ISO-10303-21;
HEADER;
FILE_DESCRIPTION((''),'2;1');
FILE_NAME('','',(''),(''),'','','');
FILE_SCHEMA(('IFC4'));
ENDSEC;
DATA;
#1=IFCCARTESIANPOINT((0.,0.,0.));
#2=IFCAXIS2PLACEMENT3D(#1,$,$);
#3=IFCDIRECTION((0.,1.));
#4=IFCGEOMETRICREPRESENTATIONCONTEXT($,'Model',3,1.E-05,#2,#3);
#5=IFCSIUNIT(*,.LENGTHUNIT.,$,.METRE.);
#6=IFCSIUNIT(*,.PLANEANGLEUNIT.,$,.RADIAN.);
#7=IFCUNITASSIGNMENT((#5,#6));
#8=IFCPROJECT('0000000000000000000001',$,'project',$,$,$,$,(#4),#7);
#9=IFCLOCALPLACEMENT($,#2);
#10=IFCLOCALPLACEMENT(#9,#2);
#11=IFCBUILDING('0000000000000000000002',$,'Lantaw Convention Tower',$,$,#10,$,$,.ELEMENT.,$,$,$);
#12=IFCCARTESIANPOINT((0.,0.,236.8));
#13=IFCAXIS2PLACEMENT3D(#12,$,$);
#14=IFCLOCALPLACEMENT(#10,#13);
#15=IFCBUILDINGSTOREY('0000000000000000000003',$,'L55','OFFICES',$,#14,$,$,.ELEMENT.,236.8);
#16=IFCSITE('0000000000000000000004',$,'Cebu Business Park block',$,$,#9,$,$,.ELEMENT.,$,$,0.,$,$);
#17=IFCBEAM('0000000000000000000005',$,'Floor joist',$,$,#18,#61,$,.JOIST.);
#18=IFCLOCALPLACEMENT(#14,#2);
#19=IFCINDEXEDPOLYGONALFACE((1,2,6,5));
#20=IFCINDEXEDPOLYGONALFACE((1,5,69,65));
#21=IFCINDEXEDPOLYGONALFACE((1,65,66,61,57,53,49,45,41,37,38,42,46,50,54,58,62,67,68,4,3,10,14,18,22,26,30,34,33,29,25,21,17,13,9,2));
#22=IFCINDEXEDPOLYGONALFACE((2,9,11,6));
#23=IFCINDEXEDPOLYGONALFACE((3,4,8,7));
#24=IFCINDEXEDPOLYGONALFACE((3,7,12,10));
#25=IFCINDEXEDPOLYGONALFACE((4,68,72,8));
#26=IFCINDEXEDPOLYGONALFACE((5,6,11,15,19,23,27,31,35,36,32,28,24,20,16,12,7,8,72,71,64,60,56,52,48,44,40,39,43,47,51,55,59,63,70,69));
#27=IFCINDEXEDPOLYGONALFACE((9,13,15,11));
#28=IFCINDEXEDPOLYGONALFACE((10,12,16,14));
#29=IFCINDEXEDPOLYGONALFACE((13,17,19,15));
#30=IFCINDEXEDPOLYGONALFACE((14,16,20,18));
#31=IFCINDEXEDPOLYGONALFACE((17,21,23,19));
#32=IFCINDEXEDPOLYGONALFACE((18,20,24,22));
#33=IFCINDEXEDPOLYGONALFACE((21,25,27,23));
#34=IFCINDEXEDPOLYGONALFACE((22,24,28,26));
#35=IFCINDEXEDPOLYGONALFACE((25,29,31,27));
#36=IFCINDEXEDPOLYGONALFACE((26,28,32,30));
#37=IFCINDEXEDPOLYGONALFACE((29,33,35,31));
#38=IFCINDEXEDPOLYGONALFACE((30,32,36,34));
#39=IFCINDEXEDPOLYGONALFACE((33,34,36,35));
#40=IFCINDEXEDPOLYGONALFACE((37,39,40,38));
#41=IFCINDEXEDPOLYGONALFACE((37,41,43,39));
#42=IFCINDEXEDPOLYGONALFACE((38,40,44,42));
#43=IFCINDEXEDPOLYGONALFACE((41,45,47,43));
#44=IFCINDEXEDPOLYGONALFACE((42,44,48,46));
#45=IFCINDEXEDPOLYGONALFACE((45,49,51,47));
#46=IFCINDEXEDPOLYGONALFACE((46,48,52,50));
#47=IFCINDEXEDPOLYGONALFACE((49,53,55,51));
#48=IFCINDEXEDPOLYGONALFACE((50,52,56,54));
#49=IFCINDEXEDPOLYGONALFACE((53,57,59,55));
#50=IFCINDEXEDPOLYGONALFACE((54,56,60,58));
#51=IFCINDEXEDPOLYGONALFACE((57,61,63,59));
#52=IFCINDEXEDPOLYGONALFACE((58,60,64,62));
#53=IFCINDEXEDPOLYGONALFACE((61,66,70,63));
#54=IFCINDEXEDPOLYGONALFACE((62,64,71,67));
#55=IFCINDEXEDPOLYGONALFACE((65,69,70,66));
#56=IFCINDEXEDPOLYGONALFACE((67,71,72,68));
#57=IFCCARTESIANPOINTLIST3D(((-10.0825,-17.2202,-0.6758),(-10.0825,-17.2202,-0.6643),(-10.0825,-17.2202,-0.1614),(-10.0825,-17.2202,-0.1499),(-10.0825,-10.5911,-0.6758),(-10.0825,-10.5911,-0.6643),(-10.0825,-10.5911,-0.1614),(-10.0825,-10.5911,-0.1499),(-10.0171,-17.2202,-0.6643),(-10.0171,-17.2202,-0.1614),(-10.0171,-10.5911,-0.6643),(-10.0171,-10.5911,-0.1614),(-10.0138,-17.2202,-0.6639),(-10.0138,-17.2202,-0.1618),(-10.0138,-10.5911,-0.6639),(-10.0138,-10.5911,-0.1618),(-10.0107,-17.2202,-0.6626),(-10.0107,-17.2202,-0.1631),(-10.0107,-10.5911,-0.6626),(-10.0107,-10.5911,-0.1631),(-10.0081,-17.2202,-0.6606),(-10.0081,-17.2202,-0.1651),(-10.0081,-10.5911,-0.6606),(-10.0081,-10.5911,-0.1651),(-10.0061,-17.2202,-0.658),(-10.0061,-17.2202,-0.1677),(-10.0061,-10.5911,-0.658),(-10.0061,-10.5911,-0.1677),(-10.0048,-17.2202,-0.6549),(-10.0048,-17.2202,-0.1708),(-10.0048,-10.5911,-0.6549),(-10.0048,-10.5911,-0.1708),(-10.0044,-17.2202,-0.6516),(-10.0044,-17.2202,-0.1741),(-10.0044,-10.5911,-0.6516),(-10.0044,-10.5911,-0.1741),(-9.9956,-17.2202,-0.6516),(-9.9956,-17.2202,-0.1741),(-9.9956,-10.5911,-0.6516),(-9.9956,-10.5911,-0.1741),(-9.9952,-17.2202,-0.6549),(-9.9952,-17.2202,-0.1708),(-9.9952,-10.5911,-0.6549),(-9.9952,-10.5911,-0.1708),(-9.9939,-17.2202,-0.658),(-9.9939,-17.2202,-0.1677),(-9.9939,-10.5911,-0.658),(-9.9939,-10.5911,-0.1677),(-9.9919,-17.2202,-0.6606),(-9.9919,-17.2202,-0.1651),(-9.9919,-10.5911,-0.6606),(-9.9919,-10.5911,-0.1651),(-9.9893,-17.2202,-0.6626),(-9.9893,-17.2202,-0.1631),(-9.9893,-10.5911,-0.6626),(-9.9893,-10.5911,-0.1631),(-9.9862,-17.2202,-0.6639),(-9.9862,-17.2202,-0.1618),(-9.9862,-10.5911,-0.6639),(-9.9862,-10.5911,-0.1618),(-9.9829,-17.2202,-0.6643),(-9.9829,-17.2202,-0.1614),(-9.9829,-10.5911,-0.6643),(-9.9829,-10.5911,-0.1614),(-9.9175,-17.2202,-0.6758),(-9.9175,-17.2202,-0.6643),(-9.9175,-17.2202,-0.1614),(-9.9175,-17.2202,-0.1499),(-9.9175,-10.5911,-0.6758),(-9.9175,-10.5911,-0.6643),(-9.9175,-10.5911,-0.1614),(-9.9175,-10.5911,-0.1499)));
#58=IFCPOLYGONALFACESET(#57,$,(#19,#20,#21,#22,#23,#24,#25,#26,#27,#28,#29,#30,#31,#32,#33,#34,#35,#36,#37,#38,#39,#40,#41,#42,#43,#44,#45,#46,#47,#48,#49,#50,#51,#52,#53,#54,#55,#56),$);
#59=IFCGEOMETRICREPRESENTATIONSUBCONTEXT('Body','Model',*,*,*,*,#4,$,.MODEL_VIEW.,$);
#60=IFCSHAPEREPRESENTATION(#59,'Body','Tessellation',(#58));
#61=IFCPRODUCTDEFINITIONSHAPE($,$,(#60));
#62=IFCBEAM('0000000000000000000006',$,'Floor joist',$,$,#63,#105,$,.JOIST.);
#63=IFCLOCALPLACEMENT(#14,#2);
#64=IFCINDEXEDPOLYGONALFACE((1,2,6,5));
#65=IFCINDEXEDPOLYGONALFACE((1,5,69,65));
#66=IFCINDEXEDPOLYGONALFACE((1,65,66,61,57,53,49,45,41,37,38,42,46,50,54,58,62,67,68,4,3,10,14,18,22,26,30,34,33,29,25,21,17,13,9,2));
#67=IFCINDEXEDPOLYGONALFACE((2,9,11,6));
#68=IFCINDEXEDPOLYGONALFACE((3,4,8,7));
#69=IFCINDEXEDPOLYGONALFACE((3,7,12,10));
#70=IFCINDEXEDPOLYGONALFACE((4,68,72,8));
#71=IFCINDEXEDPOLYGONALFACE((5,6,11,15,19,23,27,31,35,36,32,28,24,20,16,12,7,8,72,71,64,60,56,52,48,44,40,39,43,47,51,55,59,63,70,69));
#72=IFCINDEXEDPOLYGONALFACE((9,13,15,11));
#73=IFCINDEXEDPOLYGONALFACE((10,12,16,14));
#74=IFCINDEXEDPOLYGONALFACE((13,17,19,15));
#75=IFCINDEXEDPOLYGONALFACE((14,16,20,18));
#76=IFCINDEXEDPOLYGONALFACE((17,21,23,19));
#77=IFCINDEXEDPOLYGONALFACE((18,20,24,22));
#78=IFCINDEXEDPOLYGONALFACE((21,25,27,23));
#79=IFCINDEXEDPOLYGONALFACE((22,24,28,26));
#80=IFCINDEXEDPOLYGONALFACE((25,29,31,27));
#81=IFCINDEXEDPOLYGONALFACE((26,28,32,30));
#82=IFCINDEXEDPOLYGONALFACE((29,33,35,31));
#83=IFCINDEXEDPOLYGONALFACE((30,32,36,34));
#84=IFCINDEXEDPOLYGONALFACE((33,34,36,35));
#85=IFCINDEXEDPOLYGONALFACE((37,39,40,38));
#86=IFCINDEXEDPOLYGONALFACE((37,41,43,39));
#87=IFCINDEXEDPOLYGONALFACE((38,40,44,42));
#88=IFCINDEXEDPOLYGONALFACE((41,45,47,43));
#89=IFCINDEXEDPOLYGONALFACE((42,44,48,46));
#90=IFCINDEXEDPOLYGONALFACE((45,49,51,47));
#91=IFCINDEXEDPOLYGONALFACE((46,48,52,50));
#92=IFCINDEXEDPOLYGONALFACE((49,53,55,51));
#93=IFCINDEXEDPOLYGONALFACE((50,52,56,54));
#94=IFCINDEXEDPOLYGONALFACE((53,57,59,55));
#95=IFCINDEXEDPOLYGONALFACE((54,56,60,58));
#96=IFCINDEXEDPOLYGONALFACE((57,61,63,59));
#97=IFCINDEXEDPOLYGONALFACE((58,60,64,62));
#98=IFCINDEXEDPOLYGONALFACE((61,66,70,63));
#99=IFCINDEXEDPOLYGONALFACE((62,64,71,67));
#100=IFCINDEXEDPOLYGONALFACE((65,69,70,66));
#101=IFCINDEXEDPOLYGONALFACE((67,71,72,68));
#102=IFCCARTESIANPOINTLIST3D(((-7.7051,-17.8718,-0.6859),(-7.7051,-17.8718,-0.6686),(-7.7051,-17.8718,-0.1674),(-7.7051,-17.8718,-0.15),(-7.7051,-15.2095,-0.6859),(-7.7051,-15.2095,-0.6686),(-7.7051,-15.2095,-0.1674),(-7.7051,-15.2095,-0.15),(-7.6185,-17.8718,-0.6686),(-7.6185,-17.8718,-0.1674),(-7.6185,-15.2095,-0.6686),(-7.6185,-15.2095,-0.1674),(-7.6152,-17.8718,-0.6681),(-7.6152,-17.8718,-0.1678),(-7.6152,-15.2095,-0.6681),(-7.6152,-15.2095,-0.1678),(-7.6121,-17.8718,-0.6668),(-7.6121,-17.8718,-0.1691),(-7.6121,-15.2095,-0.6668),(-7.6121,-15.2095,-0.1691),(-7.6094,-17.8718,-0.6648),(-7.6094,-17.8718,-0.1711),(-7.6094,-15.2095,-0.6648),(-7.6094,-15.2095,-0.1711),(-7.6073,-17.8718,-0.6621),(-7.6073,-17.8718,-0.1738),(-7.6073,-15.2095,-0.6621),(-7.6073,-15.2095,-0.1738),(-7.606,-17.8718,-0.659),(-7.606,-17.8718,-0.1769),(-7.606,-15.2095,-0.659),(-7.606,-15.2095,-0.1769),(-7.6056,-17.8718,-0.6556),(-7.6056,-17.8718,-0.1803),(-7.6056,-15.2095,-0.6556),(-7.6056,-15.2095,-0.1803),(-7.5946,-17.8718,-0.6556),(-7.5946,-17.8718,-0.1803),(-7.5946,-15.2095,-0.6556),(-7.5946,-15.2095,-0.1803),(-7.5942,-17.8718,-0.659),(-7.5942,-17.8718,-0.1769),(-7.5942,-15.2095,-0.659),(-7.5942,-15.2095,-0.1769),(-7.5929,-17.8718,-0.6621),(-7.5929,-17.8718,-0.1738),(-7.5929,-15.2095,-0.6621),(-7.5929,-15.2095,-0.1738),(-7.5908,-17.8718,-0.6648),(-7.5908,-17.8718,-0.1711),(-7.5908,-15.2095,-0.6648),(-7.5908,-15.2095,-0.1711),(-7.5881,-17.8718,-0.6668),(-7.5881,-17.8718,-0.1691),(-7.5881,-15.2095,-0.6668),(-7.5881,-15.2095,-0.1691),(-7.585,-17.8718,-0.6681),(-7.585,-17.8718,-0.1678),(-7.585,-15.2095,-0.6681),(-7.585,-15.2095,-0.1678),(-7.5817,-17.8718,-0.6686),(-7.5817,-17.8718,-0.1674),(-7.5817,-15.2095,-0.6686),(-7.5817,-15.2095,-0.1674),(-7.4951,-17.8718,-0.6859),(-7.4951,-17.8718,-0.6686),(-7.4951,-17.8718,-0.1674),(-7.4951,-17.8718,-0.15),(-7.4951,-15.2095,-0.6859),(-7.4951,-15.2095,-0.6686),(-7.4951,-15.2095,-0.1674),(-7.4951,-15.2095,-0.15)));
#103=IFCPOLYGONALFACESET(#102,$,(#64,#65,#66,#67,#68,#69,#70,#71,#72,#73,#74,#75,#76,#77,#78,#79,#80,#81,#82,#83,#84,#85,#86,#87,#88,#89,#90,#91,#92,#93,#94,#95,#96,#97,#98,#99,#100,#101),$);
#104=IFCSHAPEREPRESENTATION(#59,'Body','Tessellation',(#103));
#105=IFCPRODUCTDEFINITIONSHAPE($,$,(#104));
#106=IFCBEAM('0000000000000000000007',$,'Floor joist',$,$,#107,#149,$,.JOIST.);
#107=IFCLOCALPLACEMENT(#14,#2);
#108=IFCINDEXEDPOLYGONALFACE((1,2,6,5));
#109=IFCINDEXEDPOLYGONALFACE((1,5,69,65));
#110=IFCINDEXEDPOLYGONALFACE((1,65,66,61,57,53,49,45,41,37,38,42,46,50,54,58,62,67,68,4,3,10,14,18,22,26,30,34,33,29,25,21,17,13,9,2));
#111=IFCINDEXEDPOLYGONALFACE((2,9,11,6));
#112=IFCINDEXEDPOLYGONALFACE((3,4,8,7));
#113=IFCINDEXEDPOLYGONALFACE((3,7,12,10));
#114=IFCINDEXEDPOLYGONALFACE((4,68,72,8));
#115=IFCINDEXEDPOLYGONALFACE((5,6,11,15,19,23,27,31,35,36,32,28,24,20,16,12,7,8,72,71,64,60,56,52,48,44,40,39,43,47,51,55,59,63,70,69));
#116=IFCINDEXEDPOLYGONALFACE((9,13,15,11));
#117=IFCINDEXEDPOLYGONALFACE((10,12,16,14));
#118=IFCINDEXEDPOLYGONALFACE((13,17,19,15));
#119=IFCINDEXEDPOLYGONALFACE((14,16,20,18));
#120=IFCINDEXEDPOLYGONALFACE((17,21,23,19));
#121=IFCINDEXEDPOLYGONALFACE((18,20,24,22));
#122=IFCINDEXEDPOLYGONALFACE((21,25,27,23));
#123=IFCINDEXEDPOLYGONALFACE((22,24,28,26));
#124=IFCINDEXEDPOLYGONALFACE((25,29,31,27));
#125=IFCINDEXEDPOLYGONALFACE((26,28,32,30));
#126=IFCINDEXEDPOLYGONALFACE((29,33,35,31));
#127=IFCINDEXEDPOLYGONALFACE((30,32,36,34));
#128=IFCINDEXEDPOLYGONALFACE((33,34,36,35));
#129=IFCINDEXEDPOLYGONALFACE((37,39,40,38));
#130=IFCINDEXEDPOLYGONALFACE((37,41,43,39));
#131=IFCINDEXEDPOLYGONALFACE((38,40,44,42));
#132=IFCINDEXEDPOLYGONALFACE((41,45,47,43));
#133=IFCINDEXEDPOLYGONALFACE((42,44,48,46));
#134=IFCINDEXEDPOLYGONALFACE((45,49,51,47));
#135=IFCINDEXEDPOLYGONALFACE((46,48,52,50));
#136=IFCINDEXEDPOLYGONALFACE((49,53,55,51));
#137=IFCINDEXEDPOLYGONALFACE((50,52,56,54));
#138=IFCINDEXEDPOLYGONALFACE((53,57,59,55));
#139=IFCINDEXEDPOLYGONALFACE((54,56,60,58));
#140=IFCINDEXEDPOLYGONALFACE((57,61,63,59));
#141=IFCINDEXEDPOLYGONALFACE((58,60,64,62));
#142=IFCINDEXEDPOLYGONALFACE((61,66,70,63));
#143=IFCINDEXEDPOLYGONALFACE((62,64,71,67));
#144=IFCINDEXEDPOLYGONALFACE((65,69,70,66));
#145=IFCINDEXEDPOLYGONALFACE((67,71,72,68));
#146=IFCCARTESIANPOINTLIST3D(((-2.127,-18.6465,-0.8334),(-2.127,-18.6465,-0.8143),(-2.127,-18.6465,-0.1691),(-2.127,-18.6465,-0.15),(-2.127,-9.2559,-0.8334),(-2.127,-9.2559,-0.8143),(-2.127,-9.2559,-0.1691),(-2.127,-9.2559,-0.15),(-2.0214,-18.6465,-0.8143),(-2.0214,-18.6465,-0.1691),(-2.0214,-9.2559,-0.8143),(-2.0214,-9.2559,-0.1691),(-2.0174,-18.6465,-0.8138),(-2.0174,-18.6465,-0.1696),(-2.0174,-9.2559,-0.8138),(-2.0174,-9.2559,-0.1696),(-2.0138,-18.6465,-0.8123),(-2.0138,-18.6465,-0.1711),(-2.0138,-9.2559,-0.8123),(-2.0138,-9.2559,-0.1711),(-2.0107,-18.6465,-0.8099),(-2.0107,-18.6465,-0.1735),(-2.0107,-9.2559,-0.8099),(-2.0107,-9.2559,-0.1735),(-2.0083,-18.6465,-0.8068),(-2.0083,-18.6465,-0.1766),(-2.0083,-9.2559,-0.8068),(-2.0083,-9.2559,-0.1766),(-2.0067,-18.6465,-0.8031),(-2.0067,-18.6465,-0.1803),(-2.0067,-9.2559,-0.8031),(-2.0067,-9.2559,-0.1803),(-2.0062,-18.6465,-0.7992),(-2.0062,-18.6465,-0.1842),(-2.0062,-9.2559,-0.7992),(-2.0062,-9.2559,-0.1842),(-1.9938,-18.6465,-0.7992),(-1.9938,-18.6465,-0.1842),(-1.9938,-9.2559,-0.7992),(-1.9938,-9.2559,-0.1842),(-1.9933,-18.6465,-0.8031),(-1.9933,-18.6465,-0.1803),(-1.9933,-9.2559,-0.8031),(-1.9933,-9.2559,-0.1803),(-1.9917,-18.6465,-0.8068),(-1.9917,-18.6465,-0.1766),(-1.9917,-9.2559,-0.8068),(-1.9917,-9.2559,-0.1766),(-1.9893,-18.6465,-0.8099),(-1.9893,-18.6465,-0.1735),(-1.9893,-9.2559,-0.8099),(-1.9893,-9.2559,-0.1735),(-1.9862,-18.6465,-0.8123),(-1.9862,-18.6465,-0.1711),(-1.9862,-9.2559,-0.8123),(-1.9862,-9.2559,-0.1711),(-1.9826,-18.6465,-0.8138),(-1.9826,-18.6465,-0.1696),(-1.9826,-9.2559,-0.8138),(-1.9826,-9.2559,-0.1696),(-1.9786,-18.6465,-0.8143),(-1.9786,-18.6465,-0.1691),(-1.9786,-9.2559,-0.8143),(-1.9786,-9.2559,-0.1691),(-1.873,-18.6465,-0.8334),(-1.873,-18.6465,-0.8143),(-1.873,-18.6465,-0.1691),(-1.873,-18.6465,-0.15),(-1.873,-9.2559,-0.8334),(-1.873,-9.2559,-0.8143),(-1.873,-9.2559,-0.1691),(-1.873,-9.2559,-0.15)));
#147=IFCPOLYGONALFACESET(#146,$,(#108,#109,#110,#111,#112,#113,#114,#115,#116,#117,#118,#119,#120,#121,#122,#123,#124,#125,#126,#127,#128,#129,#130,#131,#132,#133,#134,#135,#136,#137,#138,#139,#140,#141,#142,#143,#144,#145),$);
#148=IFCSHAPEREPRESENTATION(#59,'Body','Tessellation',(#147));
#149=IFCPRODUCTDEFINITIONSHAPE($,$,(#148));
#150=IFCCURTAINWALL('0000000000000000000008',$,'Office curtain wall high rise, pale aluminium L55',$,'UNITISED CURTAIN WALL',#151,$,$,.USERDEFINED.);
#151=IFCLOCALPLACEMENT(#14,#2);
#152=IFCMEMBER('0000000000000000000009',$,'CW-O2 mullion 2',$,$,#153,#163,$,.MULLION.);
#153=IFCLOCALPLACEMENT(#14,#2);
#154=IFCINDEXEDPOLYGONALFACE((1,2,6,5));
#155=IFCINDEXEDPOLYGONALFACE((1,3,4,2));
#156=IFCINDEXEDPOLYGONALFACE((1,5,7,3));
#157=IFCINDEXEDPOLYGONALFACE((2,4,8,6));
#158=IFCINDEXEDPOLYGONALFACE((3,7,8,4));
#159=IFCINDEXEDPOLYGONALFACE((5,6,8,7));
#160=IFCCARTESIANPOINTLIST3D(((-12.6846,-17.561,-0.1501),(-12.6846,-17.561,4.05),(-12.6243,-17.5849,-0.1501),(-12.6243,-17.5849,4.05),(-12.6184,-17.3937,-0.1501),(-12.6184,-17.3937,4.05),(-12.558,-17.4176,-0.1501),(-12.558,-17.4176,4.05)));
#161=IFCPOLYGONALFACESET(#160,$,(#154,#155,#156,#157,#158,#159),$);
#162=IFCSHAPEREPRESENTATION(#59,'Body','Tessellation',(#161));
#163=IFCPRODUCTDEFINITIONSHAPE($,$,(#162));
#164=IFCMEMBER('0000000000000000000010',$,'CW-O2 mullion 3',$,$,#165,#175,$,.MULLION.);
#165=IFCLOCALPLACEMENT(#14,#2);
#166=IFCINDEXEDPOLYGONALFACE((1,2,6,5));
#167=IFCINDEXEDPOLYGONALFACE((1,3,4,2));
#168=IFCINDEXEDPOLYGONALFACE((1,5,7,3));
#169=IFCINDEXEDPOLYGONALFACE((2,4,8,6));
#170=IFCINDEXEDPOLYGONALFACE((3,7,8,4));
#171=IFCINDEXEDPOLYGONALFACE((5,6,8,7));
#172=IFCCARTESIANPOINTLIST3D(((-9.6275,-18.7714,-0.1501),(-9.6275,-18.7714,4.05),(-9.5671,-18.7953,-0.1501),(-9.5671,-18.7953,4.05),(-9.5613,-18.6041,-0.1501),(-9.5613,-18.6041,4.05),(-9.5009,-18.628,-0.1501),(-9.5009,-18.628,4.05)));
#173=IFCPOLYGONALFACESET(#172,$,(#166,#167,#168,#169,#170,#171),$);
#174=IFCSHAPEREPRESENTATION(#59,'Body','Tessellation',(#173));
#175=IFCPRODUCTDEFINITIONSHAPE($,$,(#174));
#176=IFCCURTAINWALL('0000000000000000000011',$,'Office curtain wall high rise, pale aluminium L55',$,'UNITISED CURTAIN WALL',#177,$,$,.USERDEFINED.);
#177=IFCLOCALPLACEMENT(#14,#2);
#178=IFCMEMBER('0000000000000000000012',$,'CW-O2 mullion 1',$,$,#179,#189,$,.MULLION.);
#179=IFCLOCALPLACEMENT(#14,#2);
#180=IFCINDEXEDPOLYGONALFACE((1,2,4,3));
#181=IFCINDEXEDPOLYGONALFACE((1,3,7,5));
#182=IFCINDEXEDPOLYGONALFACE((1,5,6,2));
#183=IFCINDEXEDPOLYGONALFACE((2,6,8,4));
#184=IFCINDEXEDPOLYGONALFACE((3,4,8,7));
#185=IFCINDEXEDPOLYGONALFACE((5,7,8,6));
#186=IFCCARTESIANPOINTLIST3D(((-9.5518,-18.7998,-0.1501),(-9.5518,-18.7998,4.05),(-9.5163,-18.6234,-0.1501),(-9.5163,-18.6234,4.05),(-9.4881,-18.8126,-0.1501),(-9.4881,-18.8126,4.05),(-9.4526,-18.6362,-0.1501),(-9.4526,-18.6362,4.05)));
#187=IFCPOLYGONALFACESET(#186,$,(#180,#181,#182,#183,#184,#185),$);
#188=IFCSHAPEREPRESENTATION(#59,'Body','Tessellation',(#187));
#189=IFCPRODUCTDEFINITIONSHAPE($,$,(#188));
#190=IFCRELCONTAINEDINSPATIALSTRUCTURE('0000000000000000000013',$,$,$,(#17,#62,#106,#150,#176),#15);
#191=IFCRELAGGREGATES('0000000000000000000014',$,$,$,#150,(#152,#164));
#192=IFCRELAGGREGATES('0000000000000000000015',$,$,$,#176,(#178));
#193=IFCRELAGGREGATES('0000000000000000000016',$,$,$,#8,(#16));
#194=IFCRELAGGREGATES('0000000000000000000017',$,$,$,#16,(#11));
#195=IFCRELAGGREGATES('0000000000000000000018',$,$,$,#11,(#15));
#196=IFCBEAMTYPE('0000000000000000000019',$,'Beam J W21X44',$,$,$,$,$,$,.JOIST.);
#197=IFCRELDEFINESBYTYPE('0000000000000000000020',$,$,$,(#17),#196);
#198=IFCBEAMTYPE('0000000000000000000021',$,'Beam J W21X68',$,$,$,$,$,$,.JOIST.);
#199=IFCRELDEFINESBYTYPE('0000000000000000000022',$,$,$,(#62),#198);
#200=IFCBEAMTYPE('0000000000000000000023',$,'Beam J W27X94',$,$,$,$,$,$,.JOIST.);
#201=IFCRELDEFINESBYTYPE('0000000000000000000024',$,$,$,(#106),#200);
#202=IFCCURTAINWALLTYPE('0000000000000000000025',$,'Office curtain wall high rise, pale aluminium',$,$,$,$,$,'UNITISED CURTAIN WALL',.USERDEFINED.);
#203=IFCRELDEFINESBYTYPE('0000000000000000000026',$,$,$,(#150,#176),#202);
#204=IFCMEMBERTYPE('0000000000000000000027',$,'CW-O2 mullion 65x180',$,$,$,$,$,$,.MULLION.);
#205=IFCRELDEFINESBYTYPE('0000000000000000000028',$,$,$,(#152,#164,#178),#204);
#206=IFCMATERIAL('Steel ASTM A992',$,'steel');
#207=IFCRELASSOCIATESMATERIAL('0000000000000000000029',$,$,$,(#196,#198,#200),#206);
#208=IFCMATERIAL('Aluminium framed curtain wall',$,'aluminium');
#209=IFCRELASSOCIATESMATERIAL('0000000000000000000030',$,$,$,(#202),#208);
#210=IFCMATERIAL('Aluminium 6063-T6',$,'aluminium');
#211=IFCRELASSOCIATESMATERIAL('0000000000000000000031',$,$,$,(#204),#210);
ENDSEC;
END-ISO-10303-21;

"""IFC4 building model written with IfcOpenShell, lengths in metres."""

from ifc_helpers import new_model, si_unit, direction, frame, origin, origin_2d, place, context, subcontext, project, spatial, rectangle, i_section, extrude, material, material_profile, profile_set, type_object, element, aggregate, save


model = new_model("IFC4")

# Units and contexts
model_context = context("Model", 3, precision=1e-05, world=origin(), true_north=direction((0.0, 1.0)))
body_context = subcontext(model_context, "Body", "Model", "MODEL_VIEW")
ifc_project = project(units=[si_unit("LENGTHUNIT", "METRE"), si_unit("PLANEANGLEUNIT", "RADIAN")], contexts=[model_context])

# Site, building, storey
site_placement = place(None, origin())
site = spatial("IfcSite", under=ifc_project, at=site_placement, Name="Cebu Business Park block", CompositionType="ELEMENT", RefElevation=0.0)
building_placement = place(site_placement, origin())
building = spatial("IfcBuilding", under=site, at=building_placement, Name="Lantaw Convention Tower", CompositionType="ELEMENT")
storey_placement = place(building_placement, frame((0.0, 0.0, 236.8)))
storey = spatial("IfcBuildingStorey", under=building, at=storey_placement, Name="L55", Description="OFFICES", CompositionType="ELEMENT", Elevation=236.8)

# Beams
ifc_material_1 = material(Name="Steel ASTM A992", Category="steel")
ifc_material_profile_1 = material_profile(ifc_material_1, i_section(OverallWidth=0.165, OverallDepth=0.5259, WebThickness=0.0088, FlangeThickness=0.0115, FilletRadius=0.0127, at=origin_2d()), Name="W21X44")
ifc_profile_set_1 = profile_set([ifc_material_profile_1], Name="Steel ASTM A992")
beam_type_1 = type_object("IfcBeamType", Name="Beam J W21X44", PredefinedType="JOIST", material=ifc_profile_set_1)
beam_1_placement = place(storey_placement, frame((-10.0, -17.2202, -0.4128), z_axis=(0.0, 1.0, 0.0), x_axis=(-1.0, 0.0, 0.0)))
element("IfcBeam", 1, at=beam_1_placement, inside=storey, type_object=beam_type_1, Name="Floor joist", PredefinedType="JOIST", context=body_context, shape_type="SweptSolid", body=[
    extrude(i_section(OverallWidth=0.165, OverallDepth=0.5259, WebThickness=0.0088, FlangeThickness=0.0115, FilletRadius=0.0127, at=origin_2d()), origin(), (0.0, 0.0, 1.0), 6.6292),
])
ifc_material_profile_2 = material_profile(ifc_material_1, i_section(OverallWidth=0.21, OverallDepth=0.5359, WebThickness=0.011, FlangeThickness=0.0173, FilletRadius=0.0129, at=origin_2d()), Name="W21X68")
ifc_profile_set_2 = profile_set([ifc_material_profile_2], Name="Steel ASTM A992")
beam_type_2 = type_object("IfcBeamType", Name="Beam J W21X68", PredefinedType="JOIST", material=ifc_profile_set_2)
beam_2_placement = place(storey_placement, frame((-7.6001, -17.8718, -0.418), z_axis=(0.0, 1.0, 0.0), x_axis=(-1.0, 0.0, 0.0)))
element("IfcBeam", 2, at=beam_2_placement, inside=storey, type_object=beam_type_2, Name="Floor joist", PredefinedType="JOIST", context=body_context, shape_type="SweptSolid", body=[
    extrude(i_section(OverallWidth=0.21, OverallDepth=0.5359, WebThickness=0.011, FlangeThickness=0.0173, FilletRadius=0.0129, at=origin_2d()), origin(), (0.0, 0.0, 1.0), 2.6624),
])
ifc_material_profile_3 = material_profile(ifc_material_1, i_section(OverallWidth=0.2539, OverallDepth=0.6833, WebThickness=0.0125, FlangeThickness=0.019, FilletRadius=0.0151, at=origin_2d()), Name="W27X94")
ifc_profile_set_3 = profile_set([ifc_material_profile_3], Name="Steel ASTM A992")
beam_type_3 = type_object("IfcBeamType", Name="Beam J W27X94", PredefinedType="JOIST", material=ifc_profile_set_3)
beam_3_placement = place(storey_placement, frame((-2.0, -18.6465, -0.4917), z_axis=(0.0, 1.0, 0.0), x_axis=(-1.0, 0.0, 0.0)))
element("IfcBeam", 3, at=beam_3_placement, inside=storey, type_object=beam_type_3, Name="Floor joist", PredefinedType="JOIST", context=body_context, shape_type="SweptSolid", body=[
    extrude(i_section(OverallWidth=0.2539, OverallDepth=0.6833, WebThickness=0.0125, FlangeThickness=0.019, FilletRadius=0.0151, at=origin_2d()), origin(), (0.0, 0.0, 1.0), 9.3906),
])

# Curtain walls, members
ifc_material_2 = material(Name="Aluminium framed curtain wall", Category="aluminium")
curtain_wall_type = type_object("IfcCurtainWallType", Name="Office curtain wall high rise, pale aluminium", ElementType="UNITISED CURTAIN WALL", PredefinedType="USERDEFINED", material=ifc_material_2)
curtain_wall_1_placement = place(storey_placement, origin())
curtain_wall_1 = element("IfcCurtainWall", 4, at=curtain_wall_1_placement, inside=storey, type_object=curtain_wall_type, Name="Office curtain wall high rise, pale aluminium L55", ObjectType="UNITISED CURTAIN WALL", PredefinedType="USERDEFINED")
ifc_material_3 = material(Name="Aluminium 6063-T6", Category="aluminium")
ifc_material_profile_4 = material_profile(ifc_material_3, rectangle(XDim=0.1799, YDim=0.0649, at=origin_2d()), Name="CW-O2 mullion 65x180")
ifc_profile_set_4 = profile_set([ifc_material_profile_4], Name="Aluminium 6063-T6")
member_type_1 = type_object("IfcMemberType", Name="CW-O2 mullion 65x180", PredefinedType="MULLION", material=ifc_profile_set_4)
member_1_placement = place(storey_placement, frame((-12.6213, -17.4893, -0.1501), z_axis=(0.0, 0.0, 1.0), x_axis=(0.368162, 0.929762, 0.0)))
member_1 = element("IfcMember", 5, at=member_1_placement, type_object=member_type_1, Name="CW-O2 mullion 2", PredefinedType="MULLION", context=body_context, shape_type="SweptSolid", body=[
    extrude(rectangle(XDim=0.1799, YDim=0.0649, at=origin_2d()), origin(), (0.0, 0.0, 1.0), 4.2002),
])
member_2_placement = place(storey_placement, frame((-9.5642, -18.6997, -0.1501), z_axis=(0.0, 0.0, 1.0), x_axis=(0.368162, 0.929762, 0.0)))
member_2 = element("IfcMember", 6, at=member_2_placement, type_object=member_type_1, Name="CW-O2 mullion 3", PredefinedType="MULLION", context=body_context, shape_type="SweptSolid", body=[
    extrude(rectangle(XDim=0.1799, YDim=0.0649, at=origin_2d()), origin(), (0.0, 0.0, 1.0), 4.2002),
])
curtain_wall_2_placement = place(storey_placement, origin())
curtain_wall_2 = element("IfcCurtainWall", 7, at=curtain_wall_2_placement, inside=storey, type_object=curtain_wall_type, Name="Office curtain wall high rise, pale aluminium L55", ObjectType="UNITISED CURTAIN WALL", PredefinedType="USERDEFINED")
member_3_placement = place(storey_placement, frame((-9.5022, -18.718, -0.1501), z_axis=(0.0, 0.0, 1.0), x_axis=(0.197183, 0.980367, 0.0)))
member_3 = element("IfcMember", 8, at=member_3_placement, type_object=member_type_1, Name="CW-O2 mullion 1", PredefinedType="MULLION", context=body_context, shape_type="SweptSolid", body=[
    extrude(rectangle(XDim=0.1799, YDim=0.0649, at=origin_2d()), origin(), (0.0, 0.0, 1.0), 4.2002),
])

aggregate(curtain_wall_1, [member_1, member_2])
aggregate(curtain_wall_2, [member_3])

save(model, "model.ifc")
